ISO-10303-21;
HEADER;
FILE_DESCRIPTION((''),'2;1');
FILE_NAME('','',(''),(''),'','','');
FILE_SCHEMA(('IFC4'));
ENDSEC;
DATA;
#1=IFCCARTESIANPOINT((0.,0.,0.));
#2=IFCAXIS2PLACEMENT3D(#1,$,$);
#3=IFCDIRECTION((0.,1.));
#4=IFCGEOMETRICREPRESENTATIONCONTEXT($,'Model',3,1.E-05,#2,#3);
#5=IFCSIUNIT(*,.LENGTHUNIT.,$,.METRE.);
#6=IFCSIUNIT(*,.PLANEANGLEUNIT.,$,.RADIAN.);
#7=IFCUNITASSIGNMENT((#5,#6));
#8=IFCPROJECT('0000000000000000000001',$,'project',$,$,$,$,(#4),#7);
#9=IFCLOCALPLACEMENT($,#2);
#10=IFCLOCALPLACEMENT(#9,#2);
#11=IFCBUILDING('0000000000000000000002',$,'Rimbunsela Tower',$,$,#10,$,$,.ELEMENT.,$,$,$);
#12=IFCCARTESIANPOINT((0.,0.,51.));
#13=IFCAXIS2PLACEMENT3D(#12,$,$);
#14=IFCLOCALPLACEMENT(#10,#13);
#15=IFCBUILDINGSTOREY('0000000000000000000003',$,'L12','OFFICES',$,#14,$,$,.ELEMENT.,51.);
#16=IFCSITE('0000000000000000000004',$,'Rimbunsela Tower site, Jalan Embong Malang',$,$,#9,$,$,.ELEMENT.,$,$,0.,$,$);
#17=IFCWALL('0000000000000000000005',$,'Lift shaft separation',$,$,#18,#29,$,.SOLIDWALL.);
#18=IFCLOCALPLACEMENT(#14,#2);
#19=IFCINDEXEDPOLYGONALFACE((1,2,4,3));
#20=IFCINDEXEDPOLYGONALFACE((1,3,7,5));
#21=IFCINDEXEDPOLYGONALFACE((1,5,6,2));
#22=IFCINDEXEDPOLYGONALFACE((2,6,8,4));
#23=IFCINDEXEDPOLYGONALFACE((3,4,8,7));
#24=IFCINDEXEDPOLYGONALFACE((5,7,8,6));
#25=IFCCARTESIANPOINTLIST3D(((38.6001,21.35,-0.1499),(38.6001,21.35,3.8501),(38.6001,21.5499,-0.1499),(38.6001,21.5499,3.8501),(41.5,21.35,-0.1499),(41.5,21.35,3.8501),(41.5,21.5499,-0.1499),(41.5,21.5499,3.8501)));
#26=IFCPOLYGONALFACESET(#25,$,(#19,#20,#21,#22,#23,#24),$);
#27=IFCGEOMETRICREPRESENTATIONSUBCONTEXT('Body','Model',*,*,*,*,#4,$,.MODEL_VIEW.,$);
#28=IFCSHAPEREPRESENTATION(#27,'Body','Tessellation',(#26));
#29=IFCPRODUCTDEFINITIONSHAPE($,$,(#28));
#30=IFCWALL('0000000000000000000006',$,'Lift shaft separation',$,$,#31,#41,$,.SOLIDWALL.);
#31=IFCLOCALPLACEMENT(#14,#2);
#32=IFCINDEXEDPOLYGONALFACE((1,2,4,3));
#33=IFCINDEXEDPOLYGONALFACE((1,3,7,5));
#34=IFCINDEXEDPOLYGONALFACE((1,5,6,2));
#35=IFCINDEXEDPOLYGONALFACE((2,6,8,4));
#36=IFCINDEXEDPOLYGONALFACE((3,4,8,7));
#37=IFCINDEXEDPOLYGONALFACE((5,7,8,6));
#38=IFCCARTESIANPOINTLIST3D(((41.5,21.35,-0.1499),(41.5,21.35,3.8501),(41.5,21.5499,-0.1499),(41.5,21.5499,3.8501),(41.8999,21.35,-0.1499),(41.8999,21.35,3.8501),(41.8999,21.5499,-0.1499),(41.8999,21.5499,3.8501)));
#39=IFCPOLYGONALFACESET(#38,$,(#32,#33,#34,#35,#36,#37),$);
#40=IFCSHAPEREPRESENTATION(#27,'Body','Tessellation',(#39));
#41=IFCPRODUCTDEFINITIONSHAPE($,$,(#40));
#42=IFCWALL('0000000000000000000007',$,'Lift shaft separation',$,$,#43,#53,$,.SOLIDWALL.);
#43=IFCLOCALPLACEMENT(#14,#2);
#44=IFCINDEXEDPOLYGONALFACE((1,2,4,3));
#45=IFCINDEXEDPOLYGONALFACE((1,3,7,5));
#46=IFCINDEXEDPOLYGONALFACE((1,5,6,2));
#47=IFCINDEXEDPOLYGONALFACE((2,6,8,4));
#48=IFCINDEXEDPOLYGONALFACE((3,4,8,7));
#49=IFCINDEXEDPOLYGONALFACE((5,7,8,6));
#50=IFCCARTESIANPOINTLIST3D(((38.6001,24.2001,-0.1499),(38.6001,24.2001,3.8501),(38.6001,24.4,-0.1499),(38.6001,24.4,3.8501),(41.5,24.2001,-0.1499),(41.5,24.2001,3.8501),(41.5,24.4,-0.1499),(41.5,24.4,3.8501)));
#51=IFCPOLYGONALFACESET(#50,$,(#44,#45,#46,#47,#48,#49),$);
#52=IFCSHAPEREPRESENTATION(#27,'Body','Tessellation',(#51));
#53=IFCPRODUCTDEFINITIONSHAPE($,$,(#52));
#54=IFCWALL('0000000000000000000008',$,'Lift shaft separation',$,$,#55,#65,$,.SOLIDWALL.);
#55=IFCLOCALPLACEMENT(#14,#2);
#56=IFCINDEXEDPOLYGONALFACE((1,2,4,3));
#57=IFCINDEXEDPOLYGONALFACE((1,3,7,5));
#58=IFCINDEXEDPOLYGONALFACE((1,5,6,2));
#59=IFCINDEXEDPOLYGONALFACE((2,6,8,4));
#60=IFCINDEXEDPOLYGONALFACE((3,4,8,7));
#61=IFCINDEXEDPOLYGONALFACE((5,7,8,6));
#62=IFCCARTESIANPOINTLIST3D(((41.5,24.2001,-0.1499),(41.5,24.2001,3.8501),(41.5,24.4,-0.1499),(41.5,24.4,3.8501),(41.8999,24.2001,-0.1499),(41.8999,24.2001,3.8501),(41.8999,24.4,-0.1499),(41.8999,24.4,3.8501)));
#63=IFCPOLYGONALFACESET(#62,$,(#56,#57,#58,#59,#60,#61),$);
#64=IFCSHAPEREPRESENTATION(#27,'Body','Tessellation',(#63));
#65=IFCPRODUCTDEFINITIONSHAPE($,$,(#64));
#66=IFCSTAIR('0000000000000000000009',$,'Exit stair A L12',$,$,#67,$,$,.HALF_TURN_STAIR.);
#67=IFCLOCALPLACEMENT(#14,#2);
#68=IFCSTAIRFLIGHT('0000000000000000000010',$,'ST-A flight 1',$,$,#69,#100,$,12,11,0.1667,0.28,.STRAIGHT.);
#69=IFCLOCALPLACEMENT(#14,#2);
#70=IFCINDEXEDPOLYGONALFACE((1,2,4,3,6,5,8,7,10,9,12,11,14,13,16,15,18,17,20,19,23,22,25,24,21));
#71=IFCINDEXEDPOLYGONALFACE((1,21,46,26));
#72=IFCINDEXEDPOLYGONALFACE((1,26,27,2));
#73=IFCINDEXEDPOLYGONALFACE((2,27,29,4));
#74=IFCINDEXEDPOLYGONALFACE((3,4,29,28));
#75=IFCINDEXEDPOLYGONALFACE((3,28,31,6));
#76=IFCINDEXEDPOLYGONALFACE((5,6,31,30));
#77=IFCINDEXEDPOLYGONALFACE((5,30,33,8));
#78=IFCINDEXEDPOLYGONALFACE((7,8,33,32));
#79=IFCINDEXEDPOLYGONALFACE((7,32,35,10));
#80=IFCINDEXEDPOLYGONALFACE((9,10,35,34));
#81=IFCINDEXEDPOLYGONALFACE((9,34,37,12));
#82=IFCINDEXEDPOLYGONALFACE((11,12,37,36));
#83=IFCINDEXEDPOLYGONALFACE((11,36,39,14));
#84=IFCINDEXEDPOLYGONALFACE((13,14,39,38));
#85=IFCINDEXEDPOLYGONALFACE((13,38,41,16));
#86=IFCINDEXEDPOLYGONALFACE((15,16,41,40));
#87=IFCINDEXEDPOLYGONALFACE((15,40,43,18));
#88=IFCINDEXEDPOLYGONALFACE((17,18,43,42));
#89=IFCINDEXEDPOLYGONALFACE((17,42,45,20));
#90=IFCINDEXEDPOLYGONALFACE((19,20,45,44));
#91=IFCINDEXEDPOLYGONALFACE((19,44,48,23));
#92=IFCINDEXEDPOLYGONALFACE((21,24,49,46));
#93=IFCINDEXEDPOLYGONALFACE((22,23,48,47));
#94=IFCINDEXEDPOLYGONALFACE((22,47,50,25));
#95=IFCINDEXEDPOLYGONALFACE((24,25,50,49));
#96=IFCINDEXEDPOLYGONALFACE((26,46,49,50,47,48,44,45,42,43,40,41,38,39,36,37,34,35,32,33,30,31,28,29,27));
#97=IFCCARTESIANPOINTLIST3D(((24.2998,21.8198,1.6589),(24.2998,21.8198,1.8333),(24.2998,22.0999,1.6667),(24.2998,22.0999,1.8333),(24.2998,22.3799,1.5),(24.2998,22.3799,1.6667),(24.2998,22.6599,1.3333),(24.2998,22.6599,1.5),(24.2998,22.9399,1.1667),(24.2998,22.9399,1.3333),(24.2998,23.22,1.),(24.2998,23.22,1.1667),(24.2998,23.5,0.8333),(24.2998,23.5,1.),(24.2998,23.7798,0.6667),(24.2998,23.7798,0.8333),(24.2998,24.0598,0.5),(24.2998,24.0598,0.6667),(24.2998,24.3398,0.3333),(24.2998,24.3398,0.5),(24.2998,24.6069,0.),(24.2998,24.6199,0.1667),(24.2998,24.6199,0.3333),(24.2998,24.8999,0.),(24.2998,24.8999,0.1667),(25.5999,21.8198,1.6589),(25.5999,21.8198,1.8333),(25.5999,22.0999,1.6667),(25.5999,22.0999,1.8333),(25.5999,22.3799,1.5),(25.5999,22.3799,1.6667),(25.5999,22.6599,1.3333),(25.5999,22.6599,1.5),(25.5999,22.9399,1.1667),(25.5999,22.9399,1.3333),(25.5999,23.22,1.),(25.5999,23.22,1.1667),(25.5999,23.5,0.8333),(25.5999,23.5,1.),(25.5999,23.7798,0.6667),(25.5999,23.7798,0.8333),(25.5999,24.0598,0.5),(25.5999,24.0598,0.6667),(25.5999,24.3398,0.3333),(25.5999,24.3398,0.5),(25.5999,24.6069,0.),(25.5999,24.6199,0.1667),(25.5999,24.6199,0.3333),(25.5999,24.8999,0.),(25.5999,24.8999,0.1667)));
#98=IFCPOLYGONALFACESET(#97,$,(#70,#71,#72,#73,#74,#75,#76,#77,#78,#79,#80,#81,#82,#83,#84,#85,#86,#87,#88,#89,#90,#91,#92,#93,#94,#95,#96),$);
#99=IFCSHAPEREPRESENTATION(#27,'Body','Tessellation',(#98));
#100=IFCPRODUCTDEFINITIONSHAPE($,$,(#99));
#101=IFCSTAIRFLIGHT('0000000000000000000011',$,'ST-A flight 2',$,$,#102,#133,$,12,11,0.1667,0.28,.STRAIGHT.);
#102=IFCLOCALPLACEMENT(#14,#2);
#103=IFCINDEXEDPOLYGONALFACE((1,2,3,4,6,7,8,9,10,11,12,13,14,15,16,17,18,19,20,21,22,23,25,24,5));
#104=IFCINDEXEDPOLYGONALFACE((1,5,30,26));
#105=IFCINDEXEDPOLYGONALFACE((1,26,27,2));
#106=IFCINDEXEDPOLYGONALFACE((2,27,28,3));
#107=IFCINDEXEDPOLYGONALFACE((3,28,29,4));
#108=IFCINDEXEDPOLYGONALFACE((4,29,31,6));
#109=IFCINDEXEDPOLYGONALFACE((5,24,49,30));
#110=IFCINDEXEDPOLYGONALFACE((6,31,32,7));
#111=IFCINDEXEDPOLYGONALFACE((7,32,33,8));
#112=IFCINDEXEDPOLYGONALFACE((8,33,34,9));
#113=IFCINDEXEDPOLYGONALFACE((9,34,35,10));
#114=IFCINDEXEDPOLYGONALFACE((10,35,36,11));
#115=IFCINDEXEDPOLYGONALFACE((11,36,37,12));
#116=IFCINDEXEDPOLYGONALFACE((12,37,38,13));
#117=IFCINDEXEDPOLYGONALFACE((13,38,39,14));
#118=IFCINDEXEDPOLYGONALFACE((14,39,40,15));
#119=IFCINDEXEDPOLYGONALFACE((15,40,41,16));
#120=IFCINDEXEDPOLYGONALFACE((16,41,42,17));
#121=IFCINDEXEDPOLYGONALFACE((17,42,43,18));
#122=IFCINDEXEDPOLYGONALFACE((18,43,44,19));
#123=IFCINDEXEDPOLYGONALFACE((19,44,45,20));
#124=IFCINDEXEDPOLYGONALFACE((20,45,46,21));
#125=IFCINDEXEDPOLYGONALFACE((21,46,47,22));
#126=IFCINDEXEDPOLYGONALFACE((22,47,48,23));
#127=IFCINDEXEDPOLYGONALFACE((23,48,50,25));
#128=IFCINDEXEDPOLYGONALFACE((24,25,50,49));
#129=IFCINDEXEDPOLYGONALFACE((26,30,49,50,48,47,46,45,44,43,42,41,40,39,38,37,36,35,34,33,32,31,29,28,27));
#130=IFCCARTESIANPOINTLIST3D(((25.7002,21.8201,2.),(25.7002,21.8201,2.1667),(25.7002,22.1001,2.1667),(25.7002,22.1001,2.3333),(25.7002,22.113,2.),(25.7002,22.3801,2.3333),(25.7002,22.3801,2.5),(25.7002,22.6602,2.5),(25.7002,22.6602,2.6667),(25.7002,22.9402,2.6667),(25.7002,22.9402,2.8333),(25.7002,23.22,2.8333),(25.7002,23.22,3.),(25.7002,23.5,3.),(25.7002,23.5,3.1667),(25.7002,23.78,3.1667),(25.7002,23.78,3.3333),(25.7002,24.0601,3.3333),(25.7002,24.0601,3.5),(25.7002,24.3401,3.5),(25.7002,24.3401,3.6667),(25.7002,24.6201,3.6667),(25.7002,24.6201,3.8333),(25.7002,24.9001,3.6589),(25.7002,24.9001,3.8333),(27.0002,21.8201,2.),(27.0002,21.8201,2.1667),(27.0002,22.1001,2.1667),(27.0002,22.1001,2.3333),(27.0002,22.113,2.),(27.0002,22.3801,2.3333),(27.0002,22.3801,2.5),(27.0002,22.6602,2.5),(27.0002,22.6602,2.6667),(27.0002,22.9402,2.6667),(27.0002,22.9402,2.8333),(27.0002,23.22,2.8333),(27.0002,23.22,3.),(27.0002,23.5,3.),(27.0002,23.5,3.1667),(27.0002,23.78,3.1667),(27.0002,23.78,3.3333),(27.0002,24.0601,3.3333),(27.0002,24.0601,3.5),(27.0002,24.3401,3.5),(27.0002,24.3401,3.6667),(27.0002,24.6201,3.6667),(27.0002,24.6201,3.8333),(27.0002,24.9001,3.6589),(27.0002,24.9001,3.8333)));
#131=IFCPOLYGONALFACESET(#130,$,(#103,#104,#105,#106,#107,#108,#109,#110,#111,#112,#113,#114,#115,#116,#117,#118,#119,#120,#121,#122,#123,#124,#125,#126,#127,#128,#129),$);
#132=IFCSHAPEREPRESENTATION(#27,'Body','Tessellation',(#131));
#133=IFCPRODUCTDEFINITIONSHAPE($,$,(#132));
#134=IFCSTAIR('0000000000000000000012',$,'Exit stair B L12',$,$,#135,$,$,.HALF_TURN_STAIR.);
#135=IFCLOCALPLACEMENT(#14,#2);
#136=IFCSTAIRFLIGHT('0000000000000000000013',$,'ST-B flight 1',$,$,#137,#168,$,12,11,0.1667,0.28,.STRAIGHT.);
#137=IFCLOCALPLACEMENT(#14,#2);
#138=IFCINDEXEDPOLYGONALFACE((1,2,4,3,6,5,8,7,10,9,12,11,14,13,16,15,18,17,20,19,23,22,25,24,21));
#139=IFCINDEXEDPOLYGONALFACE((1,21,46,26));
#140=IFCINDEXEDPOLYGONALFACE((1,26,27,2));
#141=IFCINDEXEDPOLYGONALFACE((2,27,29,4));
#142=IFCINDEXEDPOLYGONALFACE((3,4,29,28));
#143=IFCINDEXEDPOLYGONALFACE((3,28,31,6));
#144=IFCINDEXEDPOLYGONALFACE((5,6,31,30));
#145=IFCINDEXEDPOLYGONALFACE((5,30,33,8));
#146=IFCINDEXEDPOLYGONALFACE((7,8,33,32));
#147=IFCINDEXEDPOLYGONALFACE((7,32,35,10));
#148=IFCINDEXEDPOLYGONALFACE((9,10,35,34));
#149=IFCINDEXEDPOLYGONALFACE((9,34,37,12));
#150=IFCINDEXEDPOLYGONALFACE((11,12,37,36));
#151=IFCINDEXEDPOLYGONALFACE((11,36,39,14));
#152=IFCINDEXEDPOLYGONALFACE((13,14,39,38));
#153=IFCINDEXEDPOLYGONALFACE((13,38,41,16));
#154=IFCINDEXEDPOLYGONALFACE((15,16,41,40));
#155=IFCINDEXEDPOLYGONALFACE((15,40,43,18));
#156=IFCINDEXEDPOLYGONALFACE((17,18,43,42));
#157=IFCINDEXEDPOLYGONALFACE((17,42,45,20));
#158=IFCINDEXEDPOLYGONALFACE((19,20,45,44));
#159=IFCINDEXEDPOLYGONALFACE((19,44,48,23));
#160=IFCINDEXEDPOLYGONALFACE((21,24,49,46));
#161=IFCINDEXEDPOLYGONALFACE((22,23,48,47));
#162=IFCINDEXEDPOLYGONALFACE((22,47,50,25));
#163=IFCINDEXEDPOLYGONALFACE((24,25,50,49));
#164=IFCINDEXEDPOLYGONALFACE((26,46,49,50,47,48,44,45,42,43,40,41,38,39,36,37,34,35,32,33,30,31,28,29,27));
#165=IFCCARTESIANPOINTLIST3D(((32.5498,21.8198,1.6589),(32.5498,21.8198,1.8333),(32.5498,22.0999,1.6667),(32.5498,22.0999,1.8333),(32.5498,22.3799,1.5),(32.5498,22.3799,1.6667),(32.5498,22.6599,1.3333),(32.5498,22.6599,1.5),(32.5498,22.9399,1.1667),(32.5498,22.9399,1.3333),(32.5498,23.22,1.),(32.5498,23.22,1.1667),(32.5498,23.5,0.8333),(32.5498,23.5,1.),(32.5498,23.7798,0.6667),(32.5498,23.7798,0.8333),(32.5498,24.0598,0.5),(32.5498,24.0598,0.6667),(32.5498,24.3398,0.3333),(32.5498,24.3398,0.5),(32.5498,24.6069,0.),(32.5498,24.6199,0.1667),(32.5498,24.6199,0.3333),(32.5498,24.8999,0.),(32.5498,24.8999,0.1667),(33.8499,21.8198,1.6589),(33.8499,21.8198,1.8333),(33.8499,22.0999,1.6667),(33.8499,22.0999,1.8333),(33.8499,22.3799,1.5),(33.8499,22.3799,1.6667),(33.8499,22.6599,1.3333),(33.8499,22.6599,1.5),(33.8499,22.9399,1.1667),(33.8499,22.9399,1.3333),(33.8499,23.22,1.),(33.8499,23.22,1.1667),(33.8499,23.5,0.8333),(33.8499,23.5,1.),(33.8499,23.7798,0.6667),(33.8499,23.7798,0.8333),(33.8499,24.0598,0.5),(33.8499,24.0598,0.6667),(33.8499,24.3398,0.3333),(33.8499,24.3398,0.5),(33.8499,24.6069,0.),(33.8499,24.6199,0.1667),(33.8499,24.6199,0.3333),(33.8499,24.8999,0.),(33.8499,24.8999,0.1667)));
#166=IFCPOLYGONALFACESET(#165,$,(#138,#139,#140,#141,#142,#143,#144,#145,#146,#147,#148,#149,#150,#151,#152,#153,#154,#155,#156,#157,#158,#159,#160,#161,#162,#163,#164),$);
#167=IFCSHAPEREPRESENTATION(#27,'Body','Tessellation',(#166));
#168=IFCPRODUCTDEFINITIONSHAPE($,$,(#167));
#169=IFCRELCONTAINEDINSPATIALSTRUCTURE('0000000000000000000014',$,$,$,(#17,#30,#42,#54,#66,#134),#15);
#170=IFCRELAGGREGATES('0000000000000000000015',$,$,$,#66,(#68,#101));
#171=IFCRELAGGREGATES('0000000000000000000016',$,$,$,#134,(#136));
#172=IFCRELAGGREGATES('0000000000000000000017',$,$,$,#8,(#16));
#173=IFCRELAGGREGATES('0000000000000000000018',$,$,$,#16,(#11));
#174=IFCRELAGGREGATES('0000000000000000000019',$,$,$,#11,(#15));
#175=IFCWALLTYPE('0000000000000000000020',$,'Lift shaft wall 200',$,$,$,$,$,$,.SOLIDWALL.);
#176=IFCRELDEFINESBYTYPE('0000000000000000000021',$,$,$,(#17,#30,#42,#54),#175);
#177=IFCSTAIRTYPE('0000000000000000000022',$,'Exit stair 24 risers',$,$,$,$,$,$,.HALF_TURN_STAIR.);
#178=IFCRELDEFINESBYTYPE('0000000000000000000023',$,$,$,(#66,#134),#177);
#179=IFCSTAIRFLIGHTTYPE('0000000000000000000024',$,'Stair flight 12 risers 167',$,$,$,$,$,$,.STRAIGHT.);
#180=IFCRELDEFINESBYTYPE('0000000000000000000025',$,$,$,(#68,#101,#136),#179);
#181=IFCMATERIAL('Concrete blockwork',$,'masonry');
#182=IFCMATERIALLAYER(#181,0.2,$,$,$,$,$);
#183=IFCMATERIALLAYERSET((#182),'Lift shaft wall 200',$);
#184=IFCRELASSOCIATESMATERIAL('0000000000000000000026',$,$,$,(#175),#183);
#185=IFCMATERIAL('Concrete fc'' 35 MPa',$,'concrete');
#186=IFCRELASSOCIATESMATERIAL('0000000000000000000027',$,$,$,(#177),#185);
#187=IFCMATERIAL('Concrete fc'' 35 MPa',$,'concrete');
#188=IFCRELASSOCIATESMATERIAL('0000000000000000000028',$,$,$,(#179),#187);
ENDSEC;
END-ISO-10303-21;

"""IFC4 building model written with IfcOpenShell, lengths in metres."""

from ifc_helpers import new_model, si_unit, direction, frame, frame_2d, origin, place, context, subcontext, project, spatial, polyline, rectangle, outline, extrude, material, layer, layer_set, type_object, element, aggregate, save


model = new_model("IFC4")

# Units and contexts
model_context = context("Model", 3, precision=1e-05, world=origin(), true_north=direction((0.0, 1.0)))
body_context = subcontext(model_context, "Body", "Model", "MODEL_VIEW")
ifc_project = project(units=[si_unit("LENGTHUNIT", "METRE"), si_unit("PLANEANGLEUNIT", "RADIAN")], contexts=[model_context])

# Site, building, storey
site_placement = place(None, origin())
site = spatial("IfcSite", under=ifc_project, at=site_placement, Name="Rimbunsela Tower site, Jalan Embong Malang", CompositionType="ELEMENT", RefElevation=0.0)
building_placement = place(site_placement, origin())
building = spatial("IfcBuilding", under=site, at=building_placement, Name="Rimbunsela Tower", CompositionType="ELEMENT")
storey_placement = place(building_placement, frame((0.0, 0.0, 51.0)))
storey = spatial("IfcBuildingStorey", under=building, at=storey_placement, Name="L12", Description="OFFICES", CompositionType="ELEMENT", Elevation=51.0)

# Shared definitions
ifc_material_1 = material(Name="Concrete blockwork", Category="masonry")
ifc_layer_1 = layer(ifc_material_1, 0.2)
ifc_layer_set_1 = layer_set([ifc_layer_1], Name="Lift shaft wall 200")
wall_type_1 = type_object("IfcWallType", Name="Lift shaft wall 200", PredefinedType="SOLIDWALL", material=ifc_layer_set_1)

# Walls
wall_1_placement = place(storey_placement, frame((38.6001, 21.45, -0.1499), z_axis=(0.0, 0.0, 1.0), x_axis=(1.0, 0.0, 0.0)))
element("IfcWall", 1, at=wall_1_placement, inside=storey, type_object=wall_type_1, Name="Lift shaft separation", PredefinedType="SOLIDWALL", context=body_context, shape_type="SweptSolid", body=[
    extrude(rectangle(XDim=2.8999, YDim=0.2, at=frame_2d((1.45, 0.0))), origin(), (0.0, 0.0, 1.0), 4.0),
])
wall_2_placement = place(storey_placement, frame((41.5, 21.45, -0.1499), z_axis=(0.0, 0.0, 1.0), x_axis=(1.0, 0.0, 0.0)))
element("IfcWall", 2, at=wall_2_placement, inside=storey, type_object=wall_type_1, Name="Lift shaft separation", PredefinedType="SOLIDWALL", context=body_context, shape_type="SweptSolid", body=[
    extrude(rectangle(XDim=0.3999, YDim=0.2, at=frame_2d((0.2, 0.0))), origin(), (0.0, 0.0, 1.0), 4.0),
])
wall_3_placement = place(storey_placement, frame((38.6001, 24.3, -0.1499), z_axis=(0.0, 0.0, 1.0), x_axis=(1.0, 0.0, 0.0)))
element("IfcWall", 3, at=wall_3_placement, inside=storey, type_object=wall_type_1, Name="Lift shaft separation", PredefinedType="SOLIDWALL", context=body_context, shape_type="SweptSolid", body=[
    extrude(rectangle(XDim=2.8999, YDim=0.2, at=frame_2d((1.45, 0.0))), origin(), (0.0, 0.0, 1.0), 4.0),
])
wall_4_placement = place(storey_placement, frame((41.5, 24.3, -0.1499), z_axis=(0.0, 0.0, 1.0), x_axis=(1.0, 0.0, 0.0)))
element("IfcWall", 4, at=wall_4_placement, inside=storey, type_object=wall_type_1, Name="Lift shaft separation", PredefinedType="SOLIDWALL", context=body_context, shape_type="SweptSolid", body=[
    extrude(rectangle(XDim=0.3999, YDim=0.2, at=frame_2d((0.2, 0.0))), origin(), (0.0, 0.0, 1.0), 4.0),
])

# Stairs, stair flights
ifc_material_2 = material(Name="Concrete fc' 35 MPa", Category="concrete")
stair_type = type_object("IfcStairType", Name="Exit stair 24 risers", PredefinedType="HALF_TURN_STAIR", material=ifc_material_2)
stair_1_placement = place(storey_placement, origin())
stair_1 = element("IfcStair", 5, at=stair_1_placement, inside=storey, type_object=stair_type, Name="Exit stair A L12", PredefinedType="HALF_TURN_STAIR")
ifc_material_3 = material(Name="Concrete fc' 35 MPa", Category="concrete")
stair_flight_type = type_object("IfcStairFlightType", Name="Stair flight 12 risers 167", PredefinedType="STRAIGHT", material=ifc_material_3)
stair_flight_1_placement = place(storey_placement, frame((24.95, 24.8999, 0.0), z_axis=(0.0, 0.0, 1.0), x_axis=(0.0, -1.0, 0.0)))
stair_flight_1 = element("IfcStairFlight", 6, at=stair_flight_1_placement, type_object=stair_flight_type, Name="ST-A flight 1", NumberOfRisers=12, NumberOfTreads=11, PredefinedType="STRAIGHT", RiserHeight=0.1667, TreadLength=0.28, context=body_context, shape_type="SweptSolid", body=[
    extrude(outline(polyline([(0.0, 0.0), (0.0, 0.1667), (0.28, 0.1667), (0.28, 0.3333), (0.5601, 0.3333), (0.5601, 0.5), (0.8401, 0.5), (0.8401, 0.6667), (1.1201, 0.6667), (1.1201, 0.8333), (1.3999, 0.8333), (1.3999, 1.0), (1.6799, 1.0), (1.6799, 1.1667), (1.96, 1.1667), (1.96, 1.3333), (2.24, 1.3333), (2.24, 1.5), (2.52, 1.5), (2.52, 1.6667), (2.8, 1.6667), (2.8, 1.8333), (3.0801, 1.8333), (3.0801, 2.0), (3.0801, 1.6589), (0.293, 0.0), (0.0, 0.0)])), frame((0.0, 0.6499, 0.0), z_axis=(0.0, -1.0, 0.0), x_axis=(1.0, 0.0, 0.0)), (0.0, 0.0, 1.0), 1.3),
])
stair_flight_2_placement = place(storey_placement, frame((26.3501, 21.8201, 2.0), z_axis=(0.0, 0.0, 1.0), x_axis=(0.0, 1.0, 0.0)))
stair_flight_2 = element("IfcStairFlight", 7, at=stair_flight_2_placement, type_object=stair_flight_type, Name="ST-A flight 2", NumberOfRisers=12, NumberOfTreads=11, PredefinedType="STRAIGHT", RiserHeight=0.1667, TreadLength=0.28, context=body_context, shape_type="SweptSolid", body=[
    extrude(outline(polyline([(0.0, 0.0), (0.0, 0.1667), (0.28, 0.1667), (0.28, 0.3333), (0.5601, 0.3333), (0.5601, 0.5), (0.8401, 0.5), (0.8401, 0.6667), (1.1201, 0.6667), (1.1201, 0.8333), (1.3999, 0.8333), (1.3999, 1.0), (1.6799, 1.0), (1.6799, 1.1667), (1.96, 1.1667), (1.96, 1.3333), (2.24, 1.3333), (2.24, 1.5), (2.52, 1.5), (2.52, 1.6667), (2.8, 1.6667), (2.8, 1.8333), (3.0801, 1.8333), (3.0801, 2.0), (3.0801, 1.6589), (0.293, 0.0), (0.0, 0.0)])), frame((0.0, 0.6499, 0.0), z_axis=(0.0, -1.0, 0.0), x_axis=(1.0, 0.0, 0.0)), (0.0, 0.0, 1.0), 1.3),
])
aggregate(stair_1, [stair_flight_1, stair_flight_2])
stair_2_placement = place(storey_placement, origin())
stair_2 = element("IfcStair", 8, at=stair_2_placement, inside=storey, type_object=stair_type, Name="Exit stair B L12", PredefinedType="HALF_TURN_STAIR")
stair_flight_3_placement = place(storey_placement, frame((33.2, 24.8999, 0.0), z_axis=(0.0, 0.0, 1.0), x_axis=(0.0, -1.0, 0.0)))
stair_flight_3 = element("IfcStairFlight", 9, at=stair_flight_3_placement, type_object=stair_flight_type, Name="ST-B flight 1", NumberOfRisers=12, NumberOfTreads=11, PredefinedType="STRAIGHT", RiserHeight=0.1667, TreadLength=0.28, context=body_context, shape_type="SweptSolid", body=[
    extrude(outline(polyline([(0.0, 0.0), (0.0, 0.1667), (0.28, 0.1667), (0.28, 0.3333), (0.5601, 0.3333), (0.5601, 0.5), (0.8401, 0.5), (0.8401, 0.6667), (1.1201, 0.6667), (1.1201, 0.8333), (1.3999, 0.8333), (1.3999, 1.0), (1.6799, 1.0), (1.6799, 1.1667), (1.96, 1.1667), (1.96, 1.3333), (2.24, 1.3333), (2.24, 1.5), (2.52, 1.5), (2.52, 1.6667), (2.8, 1.6667), (2.8, 1.8333), (3.0801, 1.8333), (3.0801, 2.0), (3.0801, 1.6589), (0.293, 0.0), (0.0, 0.0)])), frame((0.0, 0.6499, 0.0), z_axis=(0.0, -1.0, 0.0), x_axis=(1.0, 0.0, 0.0)), (0.0, 0.0, 1.0), 1.3),
])
aggregate(stair_2, [stair_flight_3])

save(model, "model.ifc")
